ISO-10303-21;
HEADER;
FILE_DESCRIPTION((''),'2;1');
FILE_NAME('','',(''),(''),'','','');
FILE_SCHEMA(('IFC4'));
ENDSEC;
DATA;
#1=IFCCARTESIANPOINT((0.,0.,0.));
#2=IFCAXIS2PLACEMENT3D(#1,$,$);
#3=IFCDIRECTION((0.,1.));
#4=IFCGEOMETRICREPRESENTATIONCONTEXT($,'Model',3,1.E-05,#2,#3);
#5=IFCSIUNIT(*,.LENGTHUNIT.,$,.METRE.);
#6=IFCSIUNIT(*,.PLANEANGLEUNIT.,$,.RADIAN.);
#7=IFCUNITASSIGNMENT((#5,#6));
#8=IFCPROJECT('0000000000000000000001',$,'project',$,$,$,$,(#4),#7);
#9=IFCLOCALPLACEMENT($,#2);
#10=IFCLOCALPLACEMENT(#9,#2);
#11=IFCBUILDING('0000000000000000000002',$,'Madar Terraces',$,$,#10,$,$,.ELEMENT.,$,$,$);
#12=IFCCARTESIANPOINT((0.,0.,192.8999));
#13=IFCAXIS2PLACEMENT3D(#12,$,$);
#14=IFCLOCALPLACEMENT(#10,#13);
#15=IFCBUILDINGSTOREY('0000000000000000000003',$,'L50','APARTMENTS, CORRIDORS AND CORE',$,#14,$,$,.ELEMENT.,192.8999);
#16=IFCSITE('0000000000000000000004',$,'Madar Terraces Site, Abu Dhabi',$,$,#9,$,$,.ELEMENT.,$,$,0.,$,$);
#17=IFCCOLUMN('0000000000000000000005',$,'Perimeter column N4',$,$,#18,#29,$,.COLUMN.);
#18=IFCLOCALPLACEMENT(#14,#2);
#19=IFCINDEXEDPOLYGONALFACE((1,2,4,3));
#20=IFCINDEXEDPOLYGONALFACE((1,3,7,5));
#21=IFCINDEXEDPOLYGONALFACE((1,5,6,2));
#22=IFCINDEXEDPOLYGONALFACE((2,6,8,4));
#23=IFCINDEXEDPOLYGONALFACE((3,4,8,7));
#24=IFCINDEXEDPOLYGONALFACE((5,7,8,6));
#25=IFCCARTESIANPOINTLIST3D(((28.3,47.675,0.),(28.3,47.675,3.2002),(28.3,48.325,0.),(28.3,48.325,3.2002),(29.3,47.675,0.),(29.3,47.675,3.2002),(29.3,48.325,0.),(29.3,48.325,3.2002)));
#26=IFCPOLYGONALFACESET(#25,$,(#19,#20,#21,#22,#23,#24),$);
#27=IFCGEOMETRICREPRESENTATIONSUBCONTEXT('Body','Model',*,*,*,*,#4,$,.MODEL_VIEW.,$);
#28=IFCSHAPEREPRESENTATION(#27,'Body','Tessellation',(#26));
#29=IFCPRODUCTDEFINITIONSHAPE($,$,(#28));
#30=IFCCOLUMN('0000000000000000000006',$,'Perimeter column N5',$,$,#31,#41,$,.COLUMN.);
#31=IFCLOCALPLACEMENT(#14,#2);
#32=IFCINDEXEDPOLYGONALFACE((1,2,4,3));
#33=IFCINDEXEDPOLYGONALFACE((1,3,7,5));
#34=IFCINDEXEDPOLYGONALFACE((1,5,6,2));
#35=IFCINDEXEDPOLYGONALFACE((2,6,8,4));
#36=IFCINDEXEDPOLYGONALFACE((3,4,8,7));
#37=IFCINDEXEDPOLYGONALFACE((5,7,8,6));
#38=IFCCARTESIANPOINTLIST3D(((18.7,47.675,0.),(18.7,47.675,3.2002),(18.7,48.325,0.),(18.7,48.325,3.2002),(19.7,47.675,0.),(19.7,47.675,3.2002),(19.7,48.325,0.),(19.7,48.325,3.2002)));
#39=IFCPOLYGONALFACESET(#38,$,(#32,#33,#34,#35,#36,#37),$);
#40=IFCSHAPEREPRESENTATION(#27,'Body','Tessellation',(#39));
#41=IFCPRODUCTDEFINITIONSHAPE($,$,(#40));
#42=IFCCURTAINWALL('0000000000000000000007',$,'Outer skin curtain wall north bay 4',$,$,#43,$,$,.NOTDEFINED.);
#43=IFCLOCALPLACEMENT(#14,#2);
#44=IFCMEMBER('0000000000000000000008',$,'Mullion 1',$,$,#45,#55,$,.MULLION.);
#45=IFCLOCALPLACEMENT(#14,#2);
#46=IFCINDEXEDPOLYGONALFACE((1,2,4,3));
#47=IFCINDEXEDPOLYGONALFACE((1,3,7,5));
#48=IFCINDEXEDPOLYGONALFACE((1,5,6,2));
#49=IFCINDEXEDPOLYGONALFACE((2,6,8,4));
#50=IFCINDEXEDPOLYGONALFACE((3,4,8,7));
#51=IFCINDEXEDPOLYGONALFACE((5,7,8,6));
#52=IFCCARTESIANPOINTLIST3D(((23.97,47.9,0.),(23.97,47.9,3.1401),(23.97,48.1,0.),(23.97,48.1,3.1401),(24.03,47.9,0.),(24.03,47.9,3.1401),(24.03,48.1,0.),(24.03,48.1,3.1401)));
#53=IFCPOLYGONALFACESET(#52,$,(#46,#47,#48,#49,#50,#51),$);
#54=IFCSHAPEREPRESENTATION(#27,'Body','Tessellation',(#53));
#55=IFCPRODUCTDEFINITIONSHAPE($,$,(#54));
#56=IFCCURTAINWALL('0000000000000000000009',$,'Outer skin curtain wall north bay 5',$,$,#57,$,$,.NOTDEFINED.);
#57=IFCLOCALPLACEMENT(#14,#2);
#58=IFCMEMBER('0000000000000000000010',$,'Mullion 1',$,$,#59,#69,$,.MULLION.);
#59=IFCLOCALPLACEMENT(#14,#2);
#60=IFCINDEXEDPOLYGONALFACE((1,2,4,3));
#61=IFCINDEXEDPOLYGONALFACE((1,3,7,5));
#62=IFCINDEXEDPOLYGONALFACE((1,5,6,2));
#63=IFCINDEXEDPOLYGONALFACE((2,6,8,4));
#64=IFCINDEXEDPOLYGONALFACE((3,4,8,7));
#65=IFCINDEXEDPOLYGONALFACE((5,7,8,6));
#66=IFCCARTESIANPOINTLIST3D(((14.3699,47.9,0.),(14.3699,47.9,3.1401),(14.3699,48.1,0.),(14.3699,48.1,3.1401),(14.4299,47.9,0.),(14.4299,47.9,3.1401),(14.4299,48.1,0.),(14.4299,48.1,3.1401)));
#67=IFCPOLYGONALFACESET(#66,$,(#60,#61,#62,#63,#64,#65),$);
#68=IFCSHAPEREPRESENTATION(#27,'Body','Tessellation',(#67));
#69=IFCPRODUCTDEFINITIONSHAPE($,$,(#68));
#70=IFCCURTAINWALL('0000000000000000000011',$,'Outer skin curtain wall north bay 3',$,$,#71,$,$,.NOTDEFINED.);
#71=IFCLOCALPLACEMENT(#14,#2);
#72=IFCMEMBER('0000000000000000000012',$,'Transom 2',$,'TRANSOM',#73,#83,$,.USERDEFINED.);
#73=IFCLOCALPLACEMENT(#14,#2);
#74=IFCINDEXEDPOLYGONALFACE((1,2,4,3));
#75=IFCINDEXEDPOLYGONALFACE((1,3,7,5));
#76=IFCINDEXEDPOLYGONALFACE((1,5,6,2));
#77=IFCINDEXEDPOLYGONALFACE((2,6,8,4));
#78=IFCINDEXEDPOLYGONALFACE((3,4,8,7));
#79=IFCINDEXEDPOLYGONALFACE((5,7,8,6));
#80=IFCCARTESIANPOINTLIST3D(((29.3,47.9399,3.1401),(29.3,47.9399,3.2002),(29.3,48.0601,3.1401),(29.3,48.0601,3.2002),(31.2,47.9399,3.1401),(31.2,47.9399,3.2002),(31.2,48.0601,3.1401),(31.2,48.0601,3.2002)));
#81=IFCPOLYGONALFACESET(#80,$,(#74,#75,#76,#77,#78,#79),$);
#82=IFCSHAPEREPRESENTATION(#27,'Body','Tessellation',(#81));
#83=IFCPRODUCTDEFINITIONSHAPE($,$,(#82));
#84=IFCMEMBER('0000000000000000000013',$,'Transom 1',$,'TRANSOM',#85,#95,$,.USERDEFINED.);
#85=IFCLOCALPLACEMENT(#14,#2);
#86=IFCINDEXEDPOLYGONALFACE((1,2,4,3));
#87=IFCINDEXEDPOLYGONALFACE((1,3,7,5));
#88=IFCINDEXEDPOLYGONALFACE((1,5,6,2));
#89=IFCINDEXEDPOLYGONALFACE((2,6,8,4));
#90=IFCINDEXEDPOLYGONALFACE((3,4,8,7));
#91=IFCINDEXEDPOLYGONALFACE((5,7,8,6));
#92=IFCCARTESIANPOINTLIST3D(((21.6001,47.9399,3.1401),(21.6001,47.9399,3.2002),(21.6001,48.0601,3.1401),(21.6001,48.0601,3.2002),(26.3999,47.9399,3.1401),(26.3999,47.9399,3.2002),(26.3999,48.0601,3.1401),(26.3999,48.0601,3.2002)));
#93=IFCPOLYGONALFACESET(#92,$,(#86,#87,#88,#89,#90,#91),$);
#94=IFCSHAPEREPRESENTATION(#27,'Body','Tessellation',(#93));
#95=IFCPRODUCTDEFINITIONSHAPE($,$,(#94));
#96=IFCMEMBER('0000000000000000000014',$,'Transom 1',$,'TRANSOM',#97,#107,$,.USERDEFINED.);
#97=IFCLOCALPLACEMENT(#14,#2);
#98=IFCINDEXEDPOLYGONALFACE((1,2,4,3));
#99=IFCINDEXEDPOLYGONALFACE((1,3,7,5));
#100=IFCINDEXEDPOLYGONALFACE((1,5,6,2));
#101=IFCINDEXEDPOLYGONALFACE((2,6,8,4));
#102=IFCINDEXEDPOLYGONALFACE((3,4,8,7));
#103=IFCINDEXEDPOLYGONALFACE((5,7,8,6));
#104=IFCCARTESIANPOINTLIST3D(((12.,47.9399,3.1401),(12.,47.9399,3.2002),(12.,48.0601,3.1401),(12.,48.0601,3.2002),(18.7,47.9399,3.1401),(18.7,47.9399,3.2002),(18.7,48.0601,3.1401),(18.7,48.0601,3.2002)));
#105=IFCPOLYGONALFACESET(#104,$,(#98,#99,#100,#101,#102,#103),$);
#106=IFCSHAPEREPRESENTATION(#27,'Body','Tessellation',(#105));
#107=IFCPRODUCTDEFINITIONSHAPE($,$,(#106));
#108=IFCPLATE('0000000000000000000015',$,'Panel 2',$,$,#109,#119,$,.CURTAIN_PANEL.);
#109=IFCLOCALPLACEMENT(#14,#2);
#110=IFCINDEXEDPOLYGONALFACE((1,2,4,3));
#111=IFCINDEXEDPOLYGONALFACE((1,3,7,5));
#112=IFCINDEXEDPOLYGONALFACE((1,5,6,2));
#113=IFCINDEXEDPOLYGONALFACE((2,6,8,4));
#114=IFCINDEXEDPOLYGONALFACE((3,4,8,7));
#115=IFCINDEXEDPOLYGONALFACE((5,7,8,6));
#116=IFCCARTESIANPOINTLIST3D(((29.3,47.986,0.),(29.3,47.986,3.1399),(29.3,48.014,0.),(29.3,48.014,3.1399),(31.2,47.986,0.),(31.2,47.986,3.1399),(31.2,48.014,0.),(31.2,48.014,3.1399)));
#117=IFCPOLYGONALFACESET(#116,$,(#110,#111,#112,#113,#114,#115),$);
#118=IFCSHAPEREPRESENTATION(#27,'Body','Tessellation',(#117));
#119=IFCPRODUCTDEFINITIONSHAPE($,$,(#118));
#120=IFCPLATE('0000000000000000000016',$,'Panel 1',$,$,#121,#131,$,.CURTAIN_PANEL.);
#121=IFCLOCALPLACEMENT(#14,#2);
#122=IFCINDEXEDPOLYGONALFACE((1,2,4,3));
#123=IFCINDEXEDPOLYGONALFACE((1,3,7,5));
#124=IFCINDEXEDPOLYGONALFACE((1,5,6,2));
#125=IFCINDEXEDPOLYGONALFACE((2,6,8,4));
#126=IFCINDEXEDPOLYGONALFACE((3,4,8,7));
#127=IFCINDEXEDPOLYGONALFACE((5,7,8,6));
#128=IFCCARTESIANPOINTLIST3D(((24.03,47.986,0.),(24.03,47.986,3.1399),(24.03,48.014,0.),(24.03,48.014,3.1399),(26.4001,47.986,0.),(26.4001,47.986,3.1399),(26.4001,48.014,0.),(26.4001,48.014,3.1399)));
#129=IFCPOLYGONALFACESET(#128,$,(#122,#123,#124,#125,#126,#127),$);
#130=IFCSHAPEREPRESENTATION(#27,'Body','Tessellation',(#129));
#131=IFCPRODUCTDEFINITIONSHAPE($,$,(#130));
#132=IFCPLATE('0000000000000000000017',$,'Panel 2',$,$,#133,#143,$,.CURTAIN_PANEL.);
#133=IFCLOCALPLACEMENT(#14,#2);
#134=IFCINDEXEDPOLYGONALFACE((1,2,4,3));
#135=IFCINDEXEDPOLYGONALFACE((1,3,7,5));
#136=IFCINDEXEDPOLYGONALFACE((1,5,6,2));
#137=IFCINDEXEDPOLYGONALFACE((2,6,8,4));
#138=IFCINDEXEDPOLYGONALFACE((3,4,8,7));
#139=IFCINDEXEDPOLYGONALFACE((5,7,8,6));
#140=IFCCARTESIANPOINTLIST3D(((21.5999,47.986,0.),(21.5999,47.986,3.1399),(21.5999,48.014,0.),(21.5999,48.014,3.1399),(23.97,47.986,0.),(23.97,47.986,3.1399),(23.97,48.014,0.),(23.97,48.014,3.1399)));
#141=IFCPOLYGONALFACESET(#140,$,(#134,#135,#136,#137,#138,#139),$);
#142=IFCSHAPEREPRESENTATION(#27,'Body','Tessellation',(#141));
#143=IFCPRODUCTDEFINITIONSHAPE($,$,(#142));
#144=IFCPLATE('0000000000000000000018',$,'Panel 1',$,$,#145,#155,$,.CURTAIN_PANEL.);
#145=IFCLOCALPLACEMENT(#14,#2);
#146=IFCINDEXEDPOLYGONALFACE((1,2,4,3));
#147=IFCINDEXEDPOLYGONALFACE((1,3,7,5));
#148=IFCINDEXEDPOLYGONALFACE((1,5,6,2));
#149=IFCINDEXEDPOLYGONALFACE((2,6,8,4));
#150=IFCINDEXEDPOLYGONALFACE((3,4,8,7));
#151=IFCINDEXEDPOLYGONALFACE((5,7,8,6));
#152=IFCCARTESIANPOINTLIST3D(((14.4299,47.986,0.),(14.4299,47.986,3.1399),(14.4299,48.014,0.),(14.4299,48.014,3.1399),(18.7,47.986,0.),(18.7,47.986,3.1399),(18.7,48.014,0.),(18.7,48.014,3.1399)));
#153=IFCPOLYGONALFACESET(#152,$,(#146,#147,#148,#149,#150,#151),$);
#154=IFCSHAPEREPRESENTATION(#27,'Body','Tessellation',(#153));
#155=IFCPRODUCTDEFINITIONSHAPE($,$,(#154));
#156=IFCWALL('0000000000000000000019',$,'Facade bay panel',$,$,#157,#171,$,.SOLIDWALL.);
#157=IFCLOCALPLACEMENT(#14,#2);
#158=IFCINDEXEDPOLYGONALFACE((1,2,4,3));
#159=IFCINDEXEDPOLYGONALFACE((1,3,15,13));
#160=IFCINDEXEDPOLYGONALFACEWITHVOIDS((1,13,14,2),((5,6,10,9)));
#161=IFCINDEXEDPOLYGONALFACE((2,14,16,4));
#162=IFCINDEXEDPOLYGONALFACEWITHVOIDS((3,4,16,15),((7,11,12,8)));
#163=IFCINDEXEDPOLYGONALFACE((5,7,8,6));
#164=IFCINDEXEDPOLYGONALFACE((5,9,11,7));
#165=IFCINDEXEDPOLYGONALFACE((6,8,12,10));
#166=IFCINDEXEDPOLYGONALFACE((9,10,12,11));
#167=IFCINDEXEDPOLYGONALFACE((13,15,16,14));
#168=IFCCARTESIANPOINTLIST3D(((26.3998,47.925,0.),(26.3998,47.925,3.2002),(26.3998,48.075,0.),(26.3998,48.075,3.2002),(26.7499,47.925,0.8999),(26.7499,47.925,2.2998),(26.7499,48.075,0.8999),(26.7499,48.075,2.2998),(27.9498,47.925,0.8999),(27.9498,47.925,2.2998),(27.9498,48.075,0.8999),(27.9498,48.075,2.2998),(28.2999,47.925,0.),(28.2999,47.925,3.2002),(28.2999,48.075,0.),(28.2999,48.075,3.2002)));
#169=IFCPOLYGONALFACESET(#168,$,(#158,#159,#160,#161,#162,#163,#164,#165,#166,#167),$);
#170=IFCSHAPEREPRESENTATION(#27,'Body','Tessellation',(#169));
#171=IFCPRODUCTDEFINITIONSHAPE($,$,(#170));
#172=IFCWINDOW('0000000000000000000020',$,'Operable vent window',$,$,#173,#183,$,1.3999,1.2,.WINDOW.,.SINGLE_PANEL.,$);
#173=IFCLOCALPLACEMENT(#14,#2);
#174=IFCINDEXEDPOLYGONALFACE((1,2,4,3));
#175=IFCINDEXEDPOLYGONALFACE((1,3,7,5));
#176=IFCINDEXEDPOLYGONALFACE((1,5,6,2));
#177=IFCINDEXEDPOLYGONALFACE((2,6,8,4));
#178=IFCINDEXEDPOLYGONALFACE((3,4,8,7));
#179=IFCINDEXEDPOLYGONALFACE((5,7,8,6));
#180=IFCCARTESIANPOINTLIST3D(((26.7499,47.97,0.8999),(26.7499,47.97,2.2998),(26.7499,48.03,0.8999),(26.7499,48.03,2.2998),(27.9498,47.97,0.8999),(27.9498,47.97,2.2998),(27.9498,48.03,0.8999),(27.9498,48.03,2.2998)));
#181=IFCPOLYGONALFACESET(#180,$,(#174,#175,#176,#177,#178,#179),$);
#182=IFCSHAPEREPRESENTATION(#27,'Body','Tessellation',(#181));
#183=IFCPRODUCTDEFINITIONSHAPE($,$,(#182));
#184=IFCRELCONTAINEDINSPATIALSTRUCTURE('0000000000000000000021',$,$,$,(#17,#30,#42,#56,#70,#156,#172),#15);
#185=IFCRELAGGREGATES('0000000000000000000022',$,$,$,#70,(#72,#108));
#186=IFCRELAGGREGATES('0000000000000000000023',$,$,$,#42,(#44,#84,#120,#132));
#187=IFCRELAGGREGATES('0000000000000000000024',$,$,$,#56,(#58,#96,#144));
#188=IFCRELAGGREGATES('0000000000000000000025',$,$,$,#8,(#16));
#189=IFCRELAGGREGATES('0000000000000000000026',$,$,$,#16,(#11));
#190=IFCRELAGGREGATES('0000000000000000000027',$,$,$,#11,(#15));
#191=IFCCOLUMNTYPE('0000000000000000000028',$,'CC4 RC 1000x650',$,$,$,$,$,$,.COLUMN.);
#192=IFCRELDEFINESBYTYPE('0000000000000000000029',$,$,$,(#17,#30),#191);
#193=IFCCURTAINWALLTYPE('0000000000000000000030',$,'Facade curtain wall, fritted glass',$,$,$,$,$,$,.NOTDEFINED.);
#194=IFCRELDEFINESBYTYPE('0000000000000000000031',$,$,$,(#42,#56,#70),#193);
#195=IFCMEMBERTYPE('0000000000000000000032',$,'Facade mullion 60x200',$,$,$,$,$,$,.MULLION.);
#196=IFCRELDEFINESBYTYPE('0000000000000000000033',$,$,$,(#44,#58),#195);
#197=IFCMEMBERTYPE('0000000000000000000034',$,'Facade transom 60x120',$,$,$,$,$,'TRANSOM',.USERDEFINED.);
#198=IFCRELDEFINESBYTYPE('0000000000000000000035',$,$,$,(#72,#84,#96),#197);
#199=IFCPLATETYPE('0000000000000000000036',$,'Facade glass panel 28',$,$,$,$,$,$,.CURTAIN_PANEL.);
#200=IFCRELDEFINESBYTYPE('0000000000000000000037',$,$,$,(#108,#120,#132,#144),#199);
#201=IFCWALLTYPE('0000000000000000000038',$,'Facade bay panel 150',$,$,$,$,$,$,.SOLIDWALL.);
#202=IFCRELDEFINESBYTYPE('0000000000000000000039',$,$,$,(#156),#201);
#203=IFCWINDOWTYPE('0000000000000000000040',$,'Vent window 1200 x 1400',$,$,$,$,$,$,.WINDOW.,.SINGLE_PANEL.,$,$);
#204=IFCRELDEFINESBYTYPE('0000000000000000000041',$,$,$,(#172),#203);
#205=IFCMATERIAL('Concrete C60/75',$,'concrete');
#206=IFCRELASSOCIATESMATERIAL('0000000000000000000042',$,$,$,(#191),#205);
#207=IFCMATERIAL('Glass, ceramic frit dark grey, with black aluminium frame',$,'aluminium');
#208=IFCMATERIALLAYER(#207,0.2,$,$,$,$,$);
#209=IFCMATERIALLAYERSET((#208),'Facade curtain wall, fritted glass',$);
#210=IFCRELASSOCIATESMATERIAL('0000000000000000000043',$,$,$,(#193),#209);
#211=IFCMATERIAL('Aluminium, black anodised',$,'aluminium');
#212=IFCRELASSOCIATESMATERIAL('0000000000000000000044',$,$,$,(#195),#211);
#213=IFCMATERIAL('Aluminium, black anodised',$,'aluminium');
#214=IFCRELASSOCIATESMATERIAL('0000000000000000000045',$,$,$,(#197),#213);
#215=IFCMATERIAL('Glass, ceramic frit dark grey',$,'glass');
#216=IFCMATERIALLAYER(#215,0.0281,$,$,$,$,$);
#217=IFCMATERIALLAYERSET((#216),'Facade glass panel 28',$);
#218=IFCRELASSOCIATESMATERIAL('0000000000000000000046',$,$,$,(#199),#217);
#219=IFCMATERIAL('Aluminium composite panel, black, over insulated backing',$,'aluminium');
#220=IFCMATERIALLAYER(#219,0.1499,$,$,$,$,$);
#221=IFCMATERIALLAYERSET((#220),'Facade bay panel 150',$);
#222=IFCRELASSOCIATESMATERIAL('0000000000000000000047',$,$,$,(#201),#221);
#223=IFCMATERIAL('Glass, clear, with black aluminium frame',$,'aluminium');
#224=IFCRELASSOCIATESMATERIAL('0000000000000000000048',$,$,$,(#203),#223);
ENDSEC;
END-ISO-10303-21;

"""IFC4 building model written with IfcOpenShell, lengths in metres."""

from ifc_helpers import new_model, si_unit, direction, frame, frame_2d, origin, origin_2d, place, context, subcontext, project, spatial, rectangle, extrude, material, layer, layer_set, material_profile, profile_set, type_object, element, fill, aggregate, save


model = new_model("IFC4")

# Units and contexts
model_context = context("Model", 3, precision=1e-05, world=origin(), true_north=direction((0.0, 1.0)))
body_context = subcontext(model_context, "Body", "Model", "MODEL_VIEW")
ifc_project = project(units=[si_unit("LENGTHUNIT", "METRE"), si_unit("PLANEANGLEUNIT", "RADIAN")], contexts=[model_context])

# Site, building, storey
site_placement = place(None, origin())
site = spatial("IfcSite", under=ifc_project, at=site_placement, Name="Madar Terraces Site, Abu Dhabi", CompositionType="ELEMENT", RefElevation=0.0)
building_placement = place(site_placement, origin())
building = spatial("IfcBuilding", under=site, at=building_placement, Name="Madar Terraces", CompositionType="ELEMENT")
storey_placement = place(building_placement, frame((0.0, 0.0, 192.8999)))
storey = spatial("IfcBuildingStorey", under=building, at=storey_placement, Name="L50", Description="APARTMENTS, CORRIDORS AND CORE", CompositionType="ELEMENT", Elevation=192.8999)

# Columns
ifc_material_1 = material(Name="Concrete C60/75", Category="concrete")
ifc_material_profile_1 = material_profile(ifc_material_1, rectangle(XDim=1.0, YDim=0.6499, at=origin_2d()), Name="CC4 RC 1000x650")
ifc_profile_set_1 = profile_set([ifc_material_profile_1], Name="Concrete C60/75")
column_type = type_object("IfcColumnType", Name="CC4 RC 1000x650", PredefinedType="COLUMN", material=ifc_profile_set_1)
for number, where, z_axis, x_axis, name in (
    (1, (28.8, 48.0, 0.0), (0.0, 0.0, 1.0), (1.0, 0.0, 0.0), "Perimeter column N4"),
    (2, (19.2, 48.0, 0.0), (0.0, 0.0, 1.0), (1.0, 0.0, 0.0), "Perimeter column N5"),
):
    element("IfcColumn", number, at=place(storey_placement, frame(where, z_axis=z_axis, x_axis=x_axis)), inside=storey, type_object=column_type, Name=name, PredefinedType="COLUMN", context=body_context, shape_type="SweptSolid", body=[
        extrude(rectangle(XDim=1.0, YDim=0.6499, at=origin_2d()), origin(), (0.0, 0.0, 1.0), 3.2002),
    ])

# Curtain walls, members
ifc_material_2 = material(Name="Glass, ceramic frit dark grey, with black aluminium frame", Category="aluminium")
ifc_layer_1 = layer(ifc_material_2, 0.2)
ifc_layer_set_1 = layer_set([ifc_layer_1], Name="Facade curtain wall, fritted glass")
curtain_wall_type = type_object("IfcCurtainWallType", Name="Facade curtain wall, fritted glass", PredefinedType="NOTDEFINED", material=ifc_layer_set_1)
curtain_wall_1_placement = place(storey_placement, origin())
curtain_wall_1 = element("IfcCurtainWall", 3, at=curtain_wall_1_placement, inside=storey, type_object=curtain_wall_type, Name="Outer skin curtain wall north bay 4", PredefinedType="NOTDEFINED")
ifc_material_3 = material(Name="Aluminium, black anodised", Category="aluminium")
ifc_material_profile_2 = material_profile(ifc_material_3, rectangle(XDim=0.2, YDim=0.0601, at=origin_2d()), Name="Facade mullion 60x200")
ifc_profile_set_2 = profile_set([ifc_material_profile_2], Name="Aluminium, black anodised")
member_type_1 = type_object("IfcMemberType", Name="Facade mullion 60x200", PredefinedType="MULLION", material=ifc_profile_set_2)
member_1_placement = place(storey_placement, frame((24.0, 48.0, 0.0), z_axis=(0.0, 0.0, 1.0), x_axis=(0.0, -1.0, 0.0)))
member_1 = element("IfcMember", 4, at=member_1_placement, type_object=member_type_1, Name="Mullion 1", PredefinedType="MULLION", context=body_context, shape_type="SweptSolid", body=[
    extrude(rectangle(XDim=0.2, YDim=0.0601, at=origin_2d()), origin(), (0.0, 0.0, 1.0), 3.1401),
])
curtain_wall_2_placement = place(storey_placement, origin())
curtain_wall_2 = element("IfcCurtainWall", 5, at=curtain_wall_2_placement, inside=storey, type_object=curtain_wall_type, Name="Outer skin curtain wall north bay 5", PredefinedType="NOTDEFINED")
member_2_placement = place(storey_placement, frame((14.3999, 48.0, 0.0), z_axis=(0.0, 0.0, 1.0), x_axis=(0.0, -1.0, 0.0)))
member_2 = element("IfcMember", 6, at=member_2_placement, type_object=member_type_1, Name="Mullion 1", PredefinedType="MULLION", context=body_context, shape_type="SweptSolid", body=[
    extrude(rectangle(XDim=0.2, YDim=0.0601, at=origin_2d()), origin(), (0.0, 0.0, 1.0), 3.1401),
])
curtain_wall_3_placement = place(storey_placement, origin())
curtain_wall_3 = element("IfcCurtainWall", 7, at=curtain_wall_3_placement, inside=storey, type_object=curtain_wall_type, Name="Outer skin curtain wall north bay 3", PredefinedType="NOTDEFINED")
ifc_material_4 = material(Name="Aluminium, black anodised", Category="aluminium")
ifc_material_profile_3 = material_profile(ifc_material_4, rectangle(XDim=0.1201, YDim=0.0601, at=origin_2d()), Name="Facade transom 60x120")
ifc_profile_set_3 = profile_set([ifc_material_profile_3], Name="Aluminium, black anodised")
member_type_2 = type_object("IfcMemberType", Name="Facade transom 60x120", ElementType="TRANSOM", PredefinedType="USERDEFINED", material=ifc_profile_set_3)
member_3_placement = place(storey_placement, frame((31.2, 48.0, 3.1702), z_axis=(-1.0, 0.0, 0.0), x_axis=(0.0, -1.0, 0.0)))
member_3 = element("IfcMember", 8, at=member_3_placement, type_object=member_type_2, Name="Transom 2", ObjectType="TRANSOM", PredefinedType="USERDEFINED", context=body_context, shape_type="SweptSolid", body=[
    extrude(rectangle(XDim=0.1201, YDim=0.0601, at=origin_2d()), origin(), (0.0, 0.0, 1.0), 1.8999),
])

# Members
member_4_placement = place(storey_placement, frame((26.3999, 48.0, 3.1702), z_axis=(-1.0, 0.0, 0.0), x_axis=(0.0, -1.0, 0.0)))
member_4 = element("IfcMember", 9, at=member_4_placement, type_object=member_type_2, Name="Transom 1", ObjectType="TRANSOM", PredefinedType="USERDEFINED", context=body_context, shape_type="SweptSolid", body=[
    extrude(rectangle(XDim=0.1201, YDim=0.0601, at=origin_2d()), origin(), (0.0, 0.0, 1.0), 4.7998),
])
member_5_placement = place(storey_placement, frame((18.7, 48.0, 3.1702), z_axis=(-1.0, 0.0, 0.0), x_axis=(0.0, -1.0, 0.0)))
member_5 = element("IfcMember", 10, at=member_5_placement, type_object=member_type_2, Name="Transom 1", ObjectType="TRANSOM", PredefinedType="USERDEFINED", context=body_context, shape_type="SweptSolid", body=[
    extrude(rectangle(XDim=0.1201, YDim=0.0601, at=origin_2d()), origin(), (0.0, 0.0, 1.0), 6.7),
])

# Plates
ifc_material_5 = material(Name="Glass, ceramic frit dark grey", Category="glass")
ifc_layer_2 = layer(ifc_material_5, 0.0281)
ifc_layer_set_2 = layer_set([ifc_layer_2], Name="Facade glass panel 28")
plate_type = type_object("IfcPlateType", Name="Facade glass panel 28", PredefinedType="CURTAIN_PANEL", material=ifc_layer_set_2)
plate_1_placement = place(storey_placement, frame((30.25, 48.0, 0.0), z_axis=(0.0, 0.0, 1.0), x_axis=(-1.0, 0.0, 0.0)))
plate_1 = element("IfcPlate", 11, at=plate_1_placement, type_object=plate_type, Name="Panel 2", PredefinedType="CURTAIN_PANEL", context=body_context, shape_type="SweptSolid", body=[
    extrude(rectangle(XDim=1.8999, YDim=0.0281, at=origin_2d()), origin(), (0.0, 0.0, 1.0), 3.1399),
])
aggregate(curtain_wall_3, [member_3, plate_1])
plate_2_placement = place(storey_placement, frame((25.2151, 48.0, 0.0), z_axis=(0.0, 0.0, 1.0), x_axis=(-1.0, 0.0, 0.0)))
plate_2 = element("IfcPlate", 12, at=plate_2_placement, type_object=plate_type, Name="Panel 1", PredefinedType="CURTAIN_PANEL", context=body_context, shape_type="SweptSolid", body=[
    extrude(rectangle(XDim=2.3701, YDim=0.0281, at=origin_2d()), origin(), (0.0, 0.0, 1.0), 3.1399),
])
plate_3_placement = place(storey_placement, frame((22.7849, 48.0, 0.0), z_axis=(0.0, 0.0, 1.0), x_axis=(-1.0, 0.0, 0.0)))
plate_3 = element("IfcPlate", 13, at=plate_3_placement, type_object=plate_type, Name="Panel 2", PredefinedType="CURTAIN_PANEL", context=body_context, shape_type="SweptSolid", body=[
    extrude(rectangle(XDim=2.3701, YDim=0.0281, at=origin_2d()), origin(), (0.0, 0.0, 1.0), 3.1399),
])
aggregate(curtain_wall_1, [member_1, member_4, plate_2, plate_3])
plate_4_placement = place(storey_placement, frame((16.5649, 48.0, 0.0), z_axis=(0.0, 0.0, 1.0), x_axis=(-1.0, 0.0, 0.0)))
plate_4 = element("IfcPlate", 14, at=plate_4_placement, type_object=plate_type, Name="Panel 1", PredefinedType="CURTAIN_PANEL", context=body_context, shape_type="SweptSolid", body=[
    extrude(rectangle(XDim=4.27, YDim=0.0281, at=origin_2d()), origin(), (0.0, 0.0, 1.0), 3.1399),
])
aggregate(curtain_wall_2, [member_2, member_5, plate_4])

# Wall, opening, window
ifc_material_6 = material(Name="Aluminium composite panel, black, over insulated backing", Category="aluminium")
ifc_layer_3 = layer(ifc_material_6, 0.1499)
ifc_layer_set_3 = layer_set([ifc_layer_3], Name="Facade bay panel 150")
wall_type_1 = type_object("IfcWallType", Name="Facade bay panel 150", PredefinedType="SOLIDWALL", material=ifc_layer_set_3)
wall_1_placement = place(storey_placement, frame((28.3, 48.0, 0.0), z_axis=(0.0, 0.0, 1.0), x_axis=(-1.0, 0.0, 0.0)))
wall_1 = element("IfcWall", 15, at=wall_1_placement, inside=storey, type_object=wall_type_1, Name="Facade bay panel", PredefinedType="SOLIDWALL", context=body_context, shape_type="SweptSolid", body=[
    extrude(rectangle(XDim=1.9001, YDim=0.1499, at=frame_2d((0.9502, 0.0))), origin(), (0.0, 0.0, 1.0), 3.2002),
])
opening_1_placement = place(wall_1_placement, frame((0.3501, 0.0, 0.8999)))
opening_1 = element("IfcOpeningElement", 16, at=opening_1_placement, cuts=wall_1, PredefinedType="OPENING", context=body_context, shape_type="SweptSolid", body=[
    extrude(rectangle(XDim=1.2, YDim=1.3999, at=frame_2d((0.6001, 0.7))), frame((0.0, 0.085, 0.0), z_axis=(0.0, -1.0, 0.0), x_axis=(1.0, 0.0, 0.0)), (0.0, 0.0, 1.0), 0.1699),
])
ifc_material_7 = material(Name="Glass, clear, with black aluminium frame", Category="aluminium")
window_type = type_object("IfcWindowType", Name="Vent window 1200 x 1400", PartitioningType="SINGLE_PANEL", PredefinedType="WINDOW", material=ifc_material_7)
window_1_placement = place(opening_1_placement, origin())
window_1 = element("IfcWindow", 17, at=window_1_placement, inside=storey, type_object=window_type, Name="Operable vent window", OverallHeight=1.3999, OverallWidth=1.2, PartitioningType="SINGLE_PANEL", PredefinedType="WINDOW", context=body_context, shape_type="SweptSolid", body=[
    extrude(rectangle(XDim=1.2, YDim=1.3999, at=frame_2d((0.6001, 0.7))), frame((0.0, 0.03, 0.0), z_axis=(0.0, -1.0, 0.0), x_axis=(1.0, 0.0, 0.0)), (0.0, 0.0, 1.0), 0.0601),
])
fill(opening_1, window_1)

save(model, "model.ifc")
